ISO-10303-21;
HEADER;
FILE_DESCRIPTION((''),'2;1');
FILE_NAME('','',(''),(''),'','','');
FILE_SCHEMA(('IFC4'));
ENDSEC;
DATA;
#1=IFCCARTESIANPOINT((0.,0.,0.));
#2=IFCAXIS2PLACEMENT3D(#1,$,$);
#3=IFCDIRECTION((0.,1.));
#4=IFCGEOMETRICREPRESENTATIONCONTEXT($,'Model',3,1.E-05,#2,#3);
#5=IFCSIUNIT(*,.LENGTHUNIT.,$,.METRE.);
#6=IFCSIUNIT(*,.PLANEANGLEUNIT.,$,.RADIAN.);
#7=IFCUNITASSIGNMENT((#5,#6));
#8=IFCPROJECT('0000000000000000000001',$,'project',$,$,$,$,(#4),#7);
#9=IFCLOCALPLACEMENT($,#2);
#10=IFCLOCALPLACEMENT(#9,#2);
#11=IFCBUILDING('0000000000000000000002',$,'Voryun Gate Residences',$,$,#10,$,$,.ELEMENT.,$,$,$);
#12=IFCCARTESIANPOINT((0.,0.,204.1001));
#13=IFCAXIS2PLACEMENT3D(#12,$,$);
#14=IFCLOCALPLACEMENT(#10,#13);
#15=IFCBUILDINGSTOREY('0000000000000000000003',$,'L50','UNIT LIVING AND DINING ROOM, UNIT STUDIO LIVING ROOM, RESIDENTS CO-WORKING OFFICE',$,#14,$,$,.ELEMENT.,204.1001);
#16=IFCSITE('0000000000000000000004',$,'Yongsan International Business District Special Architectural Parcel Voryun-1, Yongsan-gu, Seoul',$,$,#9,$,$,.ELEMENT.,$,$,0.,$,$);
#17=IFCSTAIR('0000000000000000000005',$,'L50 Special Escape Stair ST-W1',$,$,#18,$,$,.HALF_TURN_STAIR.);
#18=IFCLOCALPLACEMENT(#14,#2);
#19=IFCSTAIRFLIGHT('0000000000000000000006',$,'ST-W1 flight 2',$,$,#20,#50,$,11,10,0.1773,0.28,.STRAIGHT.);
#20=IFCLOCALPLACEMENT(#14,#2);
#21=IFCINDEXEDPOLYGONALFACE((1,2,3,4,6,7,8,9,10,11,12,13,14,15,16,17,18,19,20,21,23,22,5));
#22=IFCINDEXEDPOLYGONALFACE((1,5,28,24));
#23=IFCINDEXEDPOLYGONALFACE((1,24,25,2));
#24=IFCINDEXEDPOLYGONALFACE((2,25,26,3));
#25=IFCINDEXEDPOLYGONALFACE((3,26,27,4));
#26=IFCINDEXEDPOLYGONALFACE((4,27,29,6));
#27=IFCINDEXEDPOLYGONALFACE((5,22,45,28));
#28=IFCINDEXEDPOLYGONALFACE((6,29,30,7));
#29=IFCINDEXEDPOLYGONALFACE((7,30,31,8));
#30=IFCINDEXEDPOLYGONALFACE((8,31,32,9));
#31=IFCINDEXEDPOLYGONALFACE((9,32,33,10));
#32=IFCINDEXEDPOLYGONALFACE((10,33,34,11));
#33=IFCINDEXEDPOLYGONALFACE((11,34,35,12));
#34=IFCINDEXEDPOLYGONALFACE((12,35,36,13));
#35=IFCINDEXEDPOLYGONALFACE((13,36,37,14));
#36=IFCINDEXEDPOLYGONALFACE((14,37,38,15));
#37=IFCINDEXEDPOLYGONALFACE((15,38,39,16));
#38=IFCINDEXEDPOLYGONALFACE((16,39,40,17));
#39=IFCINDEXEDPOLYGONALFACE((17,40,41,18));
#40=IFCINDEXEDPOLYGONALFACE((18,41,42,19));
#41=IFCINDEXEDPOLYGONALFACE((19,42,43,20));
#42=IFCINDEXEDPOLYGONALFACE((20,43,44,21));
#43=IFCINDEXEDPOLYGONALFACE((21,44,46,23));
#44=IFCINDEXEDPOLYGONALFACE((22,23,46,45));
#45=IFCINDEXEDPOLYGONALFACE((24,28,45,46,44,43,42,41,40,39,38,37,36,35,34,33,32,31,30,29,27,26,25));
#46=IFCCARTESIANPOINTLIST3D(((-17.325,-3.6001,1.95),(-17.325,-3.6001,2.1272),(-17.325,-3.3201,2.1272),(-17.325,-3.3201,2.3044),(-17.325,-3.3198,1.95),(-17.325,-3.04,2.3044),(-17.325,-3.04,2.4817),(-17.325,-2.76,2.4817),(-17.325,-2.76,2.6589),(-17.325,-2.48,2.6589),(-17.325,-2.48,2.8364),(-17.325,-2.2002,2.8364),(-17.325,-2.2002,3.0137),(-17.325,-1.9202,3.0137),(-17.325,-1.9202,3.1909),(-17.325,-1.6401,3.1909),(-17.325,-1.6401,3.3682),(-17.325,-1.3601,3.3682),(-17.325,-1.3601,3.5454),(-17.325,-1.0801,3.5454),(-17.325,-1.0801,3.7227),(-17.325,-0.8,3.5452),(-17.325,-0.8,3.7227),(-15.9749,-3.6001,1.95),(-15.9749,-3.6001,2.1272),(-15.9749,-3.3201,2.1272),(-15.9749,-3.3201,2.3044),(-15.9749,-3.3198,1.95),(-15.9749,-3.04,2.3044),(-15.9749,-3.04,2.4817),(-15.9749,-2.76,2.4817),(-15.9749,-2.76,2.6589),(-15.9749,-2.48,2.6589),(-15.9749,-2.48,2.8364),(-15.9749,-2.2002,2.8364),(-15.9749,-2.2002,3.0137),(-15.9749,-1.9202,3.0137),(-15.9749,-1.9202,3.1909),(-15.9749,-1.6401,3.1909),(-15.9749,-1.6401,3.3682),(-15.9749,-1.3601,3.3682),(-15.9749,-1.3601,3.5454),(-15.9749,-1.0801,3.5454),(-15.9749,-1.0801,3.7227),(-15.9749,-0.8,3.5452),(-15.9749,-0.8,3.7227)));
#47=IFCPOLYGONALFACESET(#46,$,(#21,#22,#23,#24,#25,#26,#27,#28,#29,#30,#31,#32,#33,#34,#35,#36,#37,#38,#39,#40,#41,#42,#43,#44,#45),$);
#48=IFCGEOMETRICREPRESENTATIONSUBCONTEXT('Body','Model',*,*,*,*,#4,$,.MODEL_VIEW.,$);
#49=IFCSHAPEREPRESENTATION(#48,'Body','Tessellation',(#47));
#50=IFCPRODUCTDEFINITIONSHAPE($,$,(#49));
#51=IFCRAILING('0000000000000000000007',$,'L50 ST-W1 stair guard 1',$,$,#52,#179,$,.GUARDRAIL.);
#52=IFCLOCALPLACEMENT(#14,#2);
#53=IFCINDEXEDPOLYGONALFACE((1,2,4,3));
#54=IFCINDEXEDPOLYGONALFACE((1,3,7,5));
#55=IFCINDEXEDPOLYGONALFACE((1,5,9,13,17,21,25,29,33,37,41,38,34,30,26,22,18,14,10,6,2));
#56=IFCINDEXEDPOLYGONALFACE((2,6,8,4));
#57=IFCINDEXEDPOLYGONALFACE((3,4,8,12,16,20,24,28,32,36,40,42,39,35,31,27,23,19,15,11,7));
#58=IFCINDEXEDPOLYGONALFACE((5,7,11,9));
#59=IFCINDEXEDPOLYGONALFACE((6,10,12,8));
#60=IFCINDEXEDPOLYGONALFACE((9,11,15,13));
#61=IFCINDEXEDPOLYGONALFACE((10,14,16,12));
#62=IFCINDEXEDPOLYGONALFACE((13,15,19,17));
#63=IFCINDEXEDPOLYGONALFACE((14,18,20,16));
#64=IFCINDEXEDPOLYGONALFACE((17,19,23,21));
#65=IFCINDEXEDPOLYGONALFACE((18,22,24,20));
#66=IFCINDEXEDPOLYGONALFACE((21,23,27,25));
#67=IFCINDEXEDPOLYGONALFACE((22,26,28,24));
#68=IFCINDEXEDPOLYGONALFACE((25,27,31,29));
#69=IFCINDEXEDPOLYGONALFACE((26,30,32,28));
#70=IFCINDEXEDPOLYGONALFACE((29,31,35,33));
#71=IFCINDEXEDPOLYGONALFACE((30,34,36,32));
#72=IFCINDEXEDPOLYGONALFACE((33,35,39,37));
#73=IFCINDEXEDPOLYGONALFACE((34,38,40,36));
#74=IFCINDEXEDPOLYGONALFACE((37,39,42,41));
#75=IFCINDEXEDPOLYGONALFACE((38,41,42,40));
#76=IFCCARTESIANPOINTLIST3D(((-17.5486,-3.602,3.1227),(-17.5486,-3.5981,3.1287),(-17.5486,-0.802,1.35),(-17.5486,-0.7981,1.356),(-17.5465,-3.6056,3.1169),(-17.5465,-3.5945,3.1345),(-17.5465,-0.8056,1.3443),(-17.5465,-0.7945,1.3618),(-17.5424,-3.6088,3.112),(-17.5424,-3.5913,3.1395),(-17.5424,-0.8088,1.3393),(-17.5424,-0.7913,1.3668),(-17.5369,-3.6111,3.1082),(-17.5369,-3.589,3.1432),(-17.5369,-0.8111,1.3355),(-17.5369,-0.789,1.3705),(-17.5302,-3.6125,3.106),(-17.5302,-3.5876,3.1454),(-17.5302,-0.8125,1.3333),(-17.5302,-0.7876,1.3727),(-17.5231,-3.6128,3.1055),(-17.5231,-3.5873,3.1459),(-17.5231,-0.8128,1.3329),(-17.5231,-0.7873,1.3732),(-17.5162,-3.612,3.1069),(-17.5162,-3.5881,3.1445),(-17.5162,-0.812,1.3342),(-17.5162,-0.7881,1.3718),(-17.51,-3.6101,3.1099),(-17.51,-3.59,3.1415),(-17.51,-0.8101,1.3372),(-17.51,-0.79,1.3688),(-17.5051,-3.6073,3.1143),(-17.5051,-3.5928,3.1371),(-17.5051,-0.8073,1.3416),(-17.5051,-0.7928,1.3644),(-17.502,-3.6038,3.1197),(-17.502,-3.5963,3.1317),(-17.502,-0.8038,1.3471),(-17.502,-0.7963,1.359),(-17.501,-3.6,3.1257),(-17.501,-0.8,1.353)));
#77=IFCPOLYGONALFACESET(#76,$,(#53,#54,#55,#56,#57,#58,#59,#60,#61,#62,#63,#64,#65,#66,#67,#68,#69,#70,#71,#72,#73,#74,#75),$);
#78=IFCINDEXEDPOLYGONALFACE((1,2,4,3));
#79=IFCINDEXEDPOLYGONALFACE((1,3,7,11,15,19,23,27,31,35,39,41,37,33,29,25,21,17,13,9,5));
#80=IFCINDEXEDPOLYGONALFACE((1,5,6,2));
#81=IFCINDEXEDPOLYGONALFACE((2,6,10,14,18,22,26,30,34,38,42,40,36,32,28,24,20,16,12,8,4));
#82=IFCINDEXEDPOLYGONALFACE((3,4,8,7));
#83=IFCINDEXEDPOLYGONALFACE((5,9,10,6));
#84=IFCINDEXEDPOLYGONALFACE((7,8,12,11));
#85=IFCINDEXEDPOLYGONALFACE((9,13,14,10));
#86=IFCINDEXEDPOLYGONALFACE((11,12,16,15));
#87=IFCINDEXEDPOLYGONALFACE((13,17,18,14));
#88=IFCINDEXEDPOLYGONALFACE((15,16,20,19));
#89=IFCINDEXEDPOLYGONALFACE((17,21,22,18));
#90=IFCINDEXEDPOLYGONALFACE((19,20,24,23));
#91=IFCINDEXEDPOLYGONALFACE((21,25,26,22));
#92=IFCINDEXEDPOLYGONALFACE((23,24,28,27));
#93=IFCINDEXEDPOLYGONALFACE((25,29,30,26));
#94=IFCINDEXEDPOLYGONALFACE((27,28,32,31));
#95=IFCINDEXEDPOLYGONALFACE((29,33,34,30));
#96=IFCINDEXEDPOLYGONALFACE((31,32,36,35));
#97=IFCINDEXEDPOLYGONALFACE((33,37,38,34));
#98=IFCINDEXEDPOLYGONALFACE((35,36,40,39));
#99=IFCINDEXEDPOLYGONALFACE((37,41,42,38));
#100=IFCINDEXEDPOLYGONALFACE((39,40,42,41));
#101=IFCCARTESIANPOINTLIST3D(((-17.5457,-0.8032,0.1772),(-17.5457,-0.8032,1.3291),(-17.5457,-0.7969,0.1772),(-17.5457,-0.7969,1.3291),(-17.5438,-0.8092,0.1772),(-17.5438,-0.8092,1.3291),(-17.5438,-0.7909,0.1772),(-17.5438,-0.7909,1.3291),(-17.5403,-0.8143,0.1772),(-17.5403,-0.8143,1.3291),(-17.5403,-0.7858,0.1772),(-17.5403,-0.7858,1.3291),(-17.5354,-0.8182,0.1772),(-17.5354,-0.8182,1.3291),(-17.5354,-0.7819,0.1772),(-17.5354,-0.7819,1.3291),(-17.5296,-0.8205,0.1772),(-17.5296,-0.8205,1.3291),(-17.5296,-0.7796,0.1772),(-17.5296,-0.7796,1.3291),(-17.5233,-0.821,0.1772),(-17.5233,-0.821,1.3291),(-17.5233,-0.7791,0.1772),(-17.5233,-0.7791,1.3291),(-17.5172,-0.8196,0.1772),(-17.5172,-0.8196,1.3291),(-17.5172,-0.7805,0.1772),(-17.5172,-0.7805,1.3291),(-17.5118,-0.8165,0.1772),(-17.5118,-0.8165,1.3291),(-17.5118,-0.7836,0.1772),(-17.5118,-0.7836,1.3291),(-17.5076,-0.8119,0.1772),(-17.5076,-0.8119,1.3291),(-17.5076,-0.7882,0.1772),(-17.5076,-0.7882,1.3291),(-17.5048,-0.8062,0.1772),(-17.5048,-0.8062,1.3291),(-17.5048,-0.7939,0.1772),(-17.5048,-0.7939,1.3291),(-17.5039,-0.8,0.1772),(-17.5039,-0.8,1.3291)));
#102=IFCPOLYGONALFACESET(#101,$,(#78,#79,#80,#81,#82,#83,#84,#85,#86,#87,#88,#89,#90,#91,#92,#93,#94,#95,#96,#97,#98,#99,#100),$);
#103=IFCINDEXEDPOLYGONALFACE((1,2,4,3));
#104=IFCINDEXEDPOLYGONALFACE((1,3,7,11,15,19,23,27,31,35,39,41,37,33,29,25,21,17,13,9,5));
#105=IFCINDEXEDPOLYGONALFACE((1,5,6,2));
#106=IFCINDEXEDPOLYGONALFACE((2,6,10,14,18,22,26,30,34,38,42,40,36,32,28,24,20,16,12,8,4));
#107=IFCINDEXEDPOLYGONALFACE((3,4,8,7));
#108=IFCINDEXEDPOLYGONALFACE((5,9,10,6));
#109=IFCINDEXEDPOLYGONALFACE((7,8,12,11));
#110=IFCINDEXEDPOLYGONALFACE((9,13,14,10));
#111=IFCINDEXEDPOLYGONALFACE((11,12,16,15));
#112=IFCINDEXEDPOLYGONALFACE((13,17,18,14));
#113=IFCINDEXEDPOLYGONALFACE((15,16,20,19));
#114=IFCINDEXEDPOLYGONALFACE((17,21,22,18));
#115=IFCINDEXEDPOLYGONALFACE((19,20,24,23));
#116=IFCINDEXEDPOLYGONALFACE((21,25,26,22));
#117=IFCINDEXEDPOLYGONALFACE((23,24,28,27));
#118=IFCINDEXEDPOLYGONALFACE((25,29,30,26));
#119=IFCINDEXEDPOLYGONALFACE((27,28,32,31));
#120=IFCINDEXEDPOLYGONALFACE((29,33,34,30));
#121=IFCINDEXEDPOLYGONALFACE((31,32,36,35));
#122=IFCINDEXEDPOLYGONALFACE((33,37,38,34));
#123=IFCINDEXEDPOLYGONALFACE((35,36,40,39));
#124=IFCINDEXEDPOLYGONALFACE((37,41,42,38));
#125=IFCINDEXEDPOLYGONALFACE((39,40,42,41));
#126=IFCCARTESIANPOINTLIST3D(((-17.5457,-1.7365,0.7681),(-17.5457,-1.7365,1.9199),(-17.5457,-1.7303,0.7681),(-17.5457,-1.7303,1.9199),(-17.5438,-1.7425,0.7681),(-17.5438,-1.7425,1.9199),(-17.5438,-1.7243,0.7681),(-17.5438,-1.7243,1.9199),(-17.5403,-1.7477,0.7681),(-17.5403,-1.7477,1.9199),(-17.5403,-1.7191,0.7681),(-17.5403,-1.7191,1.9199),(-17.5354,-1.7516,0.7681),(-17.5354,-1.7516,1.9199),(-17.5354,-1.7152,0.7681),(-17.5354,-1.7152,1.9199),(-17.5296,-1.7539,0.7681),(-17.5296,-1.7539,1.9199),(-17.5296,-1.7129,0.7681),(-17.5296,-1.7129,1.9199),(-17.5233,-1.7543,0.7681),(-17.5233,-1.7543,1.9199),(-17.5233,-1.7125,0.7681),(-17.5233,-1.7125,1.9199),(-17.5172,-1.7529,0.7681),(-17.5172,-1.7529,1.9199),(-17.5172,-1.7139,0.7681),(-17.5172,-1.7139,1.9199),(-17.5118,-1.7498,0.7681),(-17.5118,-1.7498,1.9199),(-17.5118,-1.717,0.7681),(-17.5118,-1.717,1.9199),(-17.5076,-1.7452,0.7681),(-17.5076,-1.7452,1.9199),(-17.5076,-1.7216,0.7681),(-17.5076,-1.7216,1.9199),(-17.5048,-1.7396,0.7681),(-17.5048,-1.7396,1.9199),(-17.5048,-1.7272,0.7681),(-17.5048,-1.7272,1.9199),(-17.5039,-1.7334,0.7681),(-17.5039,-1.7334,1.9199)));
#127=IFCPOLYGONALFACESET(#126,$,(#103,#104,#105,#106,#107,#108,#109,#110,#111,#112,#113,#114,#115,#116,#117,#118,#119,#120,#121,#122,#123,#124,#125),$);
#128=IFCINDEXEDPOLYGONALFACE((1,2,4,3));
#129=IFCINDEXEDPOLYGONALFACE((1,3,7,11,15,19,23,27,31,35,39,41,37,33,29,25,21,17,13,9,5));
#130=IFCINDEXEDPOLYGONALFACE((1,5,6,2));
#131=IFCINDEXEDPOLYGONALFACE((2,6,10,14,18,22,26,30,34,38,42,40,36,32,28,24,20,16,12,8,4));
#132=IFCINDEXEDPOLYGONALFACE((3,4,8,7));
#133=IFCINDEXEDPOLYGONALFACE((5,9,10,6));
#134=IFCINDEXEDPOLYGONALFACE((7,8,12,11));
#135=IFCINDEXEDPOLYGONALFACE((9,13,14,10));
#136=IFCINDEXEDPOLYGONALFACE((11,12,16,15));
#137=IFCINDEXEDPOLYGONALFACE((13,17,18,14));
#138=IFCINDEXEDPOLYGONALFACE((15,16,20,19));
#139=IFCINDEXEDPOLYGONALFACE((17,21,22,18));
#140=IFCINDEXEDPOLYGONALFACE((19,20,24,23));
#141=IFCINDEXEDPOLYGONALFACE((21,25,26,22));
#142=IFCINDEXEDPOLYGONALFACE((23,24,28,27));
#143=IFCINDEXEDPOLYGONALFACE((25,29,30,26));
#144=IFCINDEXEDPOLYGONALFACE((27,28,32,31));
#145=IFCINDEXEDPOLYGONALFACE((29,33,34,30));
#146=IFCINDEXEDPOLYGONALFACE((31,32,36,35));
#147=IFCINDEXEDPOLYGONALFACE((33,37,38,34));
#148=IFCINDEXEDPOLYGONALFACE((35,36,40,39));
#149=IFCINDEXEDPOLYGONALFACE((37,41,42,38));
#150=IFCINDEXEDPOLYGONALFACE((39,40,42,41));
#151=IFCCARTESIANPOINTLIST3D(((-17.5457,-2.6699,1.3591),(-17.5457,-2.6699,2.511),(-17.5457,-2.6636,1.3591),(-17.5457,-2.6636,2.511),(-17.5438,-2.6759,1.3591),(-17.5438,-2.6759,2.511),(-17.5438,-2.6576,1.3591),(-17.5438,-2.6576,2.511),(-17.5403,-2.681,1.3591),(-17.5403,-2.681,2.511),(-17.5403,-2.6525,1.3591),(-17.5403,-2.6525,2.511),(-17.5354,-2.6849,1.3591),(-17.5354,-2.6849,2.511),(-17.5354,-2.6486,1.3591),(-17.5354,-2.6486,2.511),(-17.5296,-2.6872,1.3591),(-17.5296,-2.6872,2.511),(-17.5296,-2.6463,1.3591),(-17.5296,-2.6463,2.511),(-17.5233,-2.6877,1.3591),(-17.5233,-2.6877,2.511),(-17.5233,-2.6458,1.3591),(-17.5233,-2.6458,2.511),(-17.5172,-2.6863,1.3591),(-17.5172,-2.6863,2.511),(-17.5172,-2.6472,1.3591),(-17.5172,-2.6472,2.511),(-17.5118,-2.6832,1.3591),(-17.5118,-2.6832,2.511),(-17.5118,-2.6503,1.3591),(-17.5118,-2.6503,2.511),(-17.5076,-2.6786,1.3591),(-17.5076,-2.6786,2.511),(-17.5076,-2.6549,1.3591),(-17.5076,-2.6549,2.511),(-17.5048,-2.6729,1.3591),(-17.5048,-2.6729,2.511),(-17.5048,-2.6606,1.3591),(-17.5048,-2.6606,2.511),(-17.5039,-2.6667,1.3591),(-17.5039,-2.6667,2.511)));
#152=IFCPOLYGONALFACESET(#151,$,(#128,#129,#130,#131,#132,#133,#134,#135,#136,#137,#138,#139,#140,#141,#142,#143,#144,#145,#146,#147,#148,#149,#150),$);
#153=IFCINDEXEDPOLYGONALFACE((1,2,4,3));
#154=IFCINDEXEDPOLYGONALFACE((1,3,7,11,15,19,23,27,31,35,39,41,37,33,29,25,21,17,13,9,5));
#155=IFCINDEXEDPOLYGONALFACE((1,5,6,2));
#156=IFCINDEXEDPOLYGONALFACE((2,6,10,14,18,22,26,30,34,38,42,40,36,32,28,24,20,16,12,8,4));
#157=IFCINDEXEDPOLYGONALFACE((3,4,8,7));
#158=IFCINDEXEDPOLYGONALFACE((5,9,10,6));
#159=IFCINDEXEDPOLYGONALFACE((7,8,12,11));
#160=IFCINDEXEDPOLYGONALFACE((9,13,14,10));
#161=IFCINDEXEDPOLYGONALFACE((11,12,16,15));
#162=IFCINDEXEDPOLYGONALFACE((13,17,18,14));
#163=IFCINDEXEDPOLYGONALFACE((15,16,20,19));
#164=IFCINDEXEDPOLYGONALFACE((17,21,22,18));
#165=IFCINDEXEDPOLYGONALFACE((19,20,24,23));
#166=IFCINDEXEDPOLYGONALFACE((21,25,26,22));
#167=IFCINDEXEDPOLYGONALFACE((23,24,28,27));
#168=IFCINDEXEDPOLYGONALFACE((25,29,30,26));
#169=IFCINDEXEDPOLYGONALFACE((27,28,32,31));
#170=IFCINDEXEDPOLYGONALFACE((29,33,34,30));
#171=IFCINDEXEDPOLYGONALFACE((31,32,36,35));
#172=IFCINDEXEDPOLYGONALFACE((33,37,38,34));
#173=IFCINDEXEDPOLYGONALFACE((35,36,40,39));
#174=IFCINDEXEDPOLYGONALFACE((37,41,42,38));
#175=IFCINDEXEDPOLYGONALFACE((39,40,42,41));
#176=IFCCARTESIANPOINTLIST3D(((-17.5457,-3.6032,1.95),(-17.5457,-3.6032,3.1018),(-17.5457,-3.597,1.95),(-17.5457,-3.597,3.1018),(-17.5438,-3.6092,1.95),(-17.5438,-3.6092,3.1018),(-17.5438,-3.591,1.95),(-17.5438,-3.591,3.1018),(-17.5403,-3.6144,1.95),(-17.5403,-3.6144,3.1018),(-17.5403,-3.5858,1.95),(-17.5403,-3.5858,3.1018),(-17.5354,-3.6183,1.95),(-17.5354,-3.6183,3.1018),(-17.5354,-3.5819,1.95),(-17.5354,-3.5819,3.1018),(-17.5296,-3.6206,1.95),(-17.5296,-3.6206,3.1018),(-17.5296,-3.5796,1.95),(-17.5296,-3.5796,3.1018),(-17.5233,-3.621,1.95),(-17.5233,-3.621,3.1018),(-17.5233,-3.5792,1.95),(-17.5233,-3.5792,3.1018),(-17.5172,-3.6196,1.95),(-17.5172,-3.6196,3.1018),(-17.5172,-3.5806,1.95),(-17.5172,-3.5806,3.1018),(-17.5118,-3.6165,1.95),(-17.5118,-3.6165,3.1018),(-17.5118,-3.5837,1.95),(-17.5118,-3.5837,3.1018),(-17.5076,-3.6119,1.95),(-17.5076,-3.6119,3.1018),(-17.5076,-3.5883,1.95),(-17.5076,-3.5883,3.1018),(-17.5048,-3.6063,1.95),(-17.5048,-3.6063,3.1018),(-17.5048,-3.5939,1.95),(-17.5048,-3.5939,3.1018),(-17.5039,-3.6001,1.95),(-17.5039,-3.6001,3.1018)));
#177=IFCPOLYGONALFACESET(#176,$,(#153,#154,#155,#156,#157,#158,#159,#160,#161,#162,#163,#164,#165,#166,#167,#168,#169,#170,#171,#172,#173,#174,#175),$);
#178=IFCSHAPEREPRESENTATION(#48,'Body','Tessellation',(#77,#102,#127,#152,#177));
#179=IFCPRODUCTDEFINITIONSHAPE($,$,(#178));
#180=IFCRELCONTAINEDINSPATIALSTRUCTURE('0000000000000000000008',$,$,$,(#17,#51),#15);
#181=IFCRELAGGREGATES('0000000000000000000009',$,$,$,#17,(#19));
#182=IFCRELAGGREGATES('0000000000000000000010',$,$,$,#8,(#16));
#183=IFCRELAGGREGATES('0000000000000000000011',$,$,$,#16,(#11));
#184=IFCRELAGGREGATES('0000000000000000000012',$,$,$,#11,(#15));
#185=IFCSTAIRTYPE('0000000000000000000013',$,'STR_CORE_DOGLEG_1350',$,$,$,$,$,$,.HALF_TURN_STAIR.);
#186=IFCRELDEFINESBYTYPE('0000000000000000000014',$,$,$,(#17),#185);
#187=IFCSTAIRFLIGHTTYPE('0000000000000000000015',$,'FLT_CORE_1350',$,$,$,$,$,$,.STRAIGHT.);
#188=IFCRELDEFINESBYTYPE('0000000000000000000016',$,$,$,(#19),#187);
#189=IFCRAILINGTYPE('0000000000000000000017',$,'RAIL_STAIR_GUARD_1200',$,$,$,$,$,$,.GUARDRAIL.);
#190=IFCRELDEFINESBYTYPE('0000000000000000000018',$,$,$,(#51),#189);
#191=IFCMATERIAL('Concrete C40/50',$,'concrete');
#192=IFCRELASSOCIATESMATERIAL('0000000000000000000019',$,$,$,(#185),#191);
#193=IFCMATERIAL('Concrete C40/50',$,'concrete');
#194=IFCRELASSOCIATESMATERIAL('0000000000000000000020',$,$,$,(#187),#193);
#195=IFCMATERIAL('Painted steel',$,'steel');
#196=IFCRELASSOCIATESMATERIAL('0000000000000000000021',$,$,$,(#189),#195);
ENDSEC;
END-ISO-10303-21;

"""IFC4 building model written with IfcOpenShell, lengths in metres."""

from ifc_helpers import new_model, si_unit, direction, frame, origin, origin_2d, place, context, subcontext, project, spatial, polyline, circle, outline, extrude, material, type_object, element, aggregate, save


model = new_model("IFC4")

# Units and contexts
model_context = context("Model", 3, precision=1e-05, world=origin(), true_north=direction((0.0, 1.0)))
body_context = subcontext(model_context, "Body", "Model", "MODEL_VIEW")
ifc_project = project(units=[si_unit("LENGTHUNIT", "METRE"), si_unit("PLANEANGLEUNIT", "RADIAN")], contexts=[model_context])

# Site, building, storey
site_placement = place(None, origin())
site = spatial("IfcSite", under=ifc_project, at=site_placement, Name="Yongsan International Business District Special Architectural Parcel Voryun-1, Yongsan-gu, Seoul", CompositionType="ELEMENT", RefElevation=0.0)
building_placement = place(site_placement, origin())
building = spatial("IfcBuilding", under=site, at=building_placement, Name="Voryun Gate Residences", CompositionType="ELEMENT")
storey_placement = place(building_placement, frame((0.0, 0.0, 204.1001)))
storey = spatial("IfcBuildingStorey", under=building, at=storey_placement, Name="L50", Description="UNIT LIVING AND DINING ROOM, UNIT STUDIO LIVING ROOM, RESIDENTS CO-WORKING OFFICE", CompositionType="ELEMENT", Elevation=204.1001)

# Stair, stair flight
ifc_material_1 = material(Name="Concrete C40/50", Category="concrete")
stair_type = type_object("IfcStairType", Name="STR_CORE_DOGLEG_1350", PredefinedType="HALF_TURN_STAIR", material=ifc_material_1)
stair_placement = place(storey_placement, origin())
stair = element("IfcStair", 1, at=stair_placement, inside=storey, type_object=stair_type, Name="L50 Special Escape Stair ST-W1", PredefinedType="HALF_TURN_STAIR")
ifc_material_2 = material(Name="Concrete C40/50", Category="concrete")
stair_flight_type = type_object("IfcStairFlightType", Name="FLT_CORE_1350", PredefinedType="STRAIGHT", material=ifc_material_2)
stair_flight_1_placement = place(storey_placement, frame((-16.6499, -3.6001, 1.95), z_axis=(0.0, 0.0, 1.0), x_axis=(0.0, 1.0, 0.0)))
stair_flight_1 = element("IfcStairFlight", 2, at=stair_flight_1_placement, type_object=stair_flight_type, Name="ST-W1 flight 2", NumberOfRisers=11, NumberOfTreads=10, PredefinedType="STRAIGHT", RiserHeight=0.1773, TreadLength=0.28, context=body_context, shape_type="SweptSolid", body=[
    extrude(outline(polyline([(0.0, 0.0), (0.0, 0.1772), (0.28, 0.1772), (0.28, 0.3545), (0.5601, 0.3545), (0.5601, 0.5317), (0.8401, 0.5317), (0.8401, 0.709), (1.1201, 0.709), (1.1201, 0.8865), (1.3999, 0.8865), (1.3999, 1.0637), (1.6799, 1.0637), (1.6799, 1.241), (1.96, 1.241), (1.96, 1.4182), (2.24, 1.4182), (2.24, 1.5955), (2.52, 1.5955), (2.52, 1.7727), (2.8, 1.7727), (2.8, 1.95), (2.8, 1.5952), (0.2803, 0.0), (0.0, 0.0)])), frame((0.0, 0.675, 0.0), z_axis=(0.0, -1.0, 0.0), x_axis=(1.0, 0.0, 0.0)), (0.0, 0.0, 1.0), 1.3501),
])
aggregate(stair, [stair_flight_1])

# Railing
ifc_material_3 = material(Name="Painted steel", Category="steel")
railing_type_1 = type_object("IfcRailingType", Name="RAIL_STAIR_GUARD_1200", PredefinedType="GUARDRAIL", material=ifc_material_3)
railing_1_placement = place(storey_placement, frame((-17.5249, -0.8, 0.1772)))
element("IfcRailing", 3, at=railing_1_placement, inside=storey, type_object=railing_type_1, Name="L50 ST-W1 stair guard 1", PredefinedType="GUARDRAIL", context=body_context, shape_type="SweptSolid", body=[
    extrude(circle(Radius=0.0239, at=origin_2d()), frame((0.0, 0.0, 1.1758), z_axis=(0.0, -0.844909, 0.53491), x_axis=(1.0, 0.0, 0.0)), (0.0, 0.0, 1.0), 3.314),
    extrude(circle(Radius=0.021, at=origin_2d()), origin(), (0.0, 0.0, 1.0), 1.1519),
    extrude(circle(Radius=0.021, at=origin_2d()), frame((0.0, -0.9333, 0.5908)), (0.0, 0.0, 1.0), 1.1519),
    extrude(circle(Radius=0.021, at=origin_2d()), frame((0.0, -1.8667, 1.1819)), (0.0, 0.0, 1.0), 1.1519),
    extrude(circle(Radius=0.021, at=origin_2d()), frame((0.0, -2.8, 1.7727)), (0.0, 0.0, 1.0), 1.1519),
])

save(model, "model.ifc")
